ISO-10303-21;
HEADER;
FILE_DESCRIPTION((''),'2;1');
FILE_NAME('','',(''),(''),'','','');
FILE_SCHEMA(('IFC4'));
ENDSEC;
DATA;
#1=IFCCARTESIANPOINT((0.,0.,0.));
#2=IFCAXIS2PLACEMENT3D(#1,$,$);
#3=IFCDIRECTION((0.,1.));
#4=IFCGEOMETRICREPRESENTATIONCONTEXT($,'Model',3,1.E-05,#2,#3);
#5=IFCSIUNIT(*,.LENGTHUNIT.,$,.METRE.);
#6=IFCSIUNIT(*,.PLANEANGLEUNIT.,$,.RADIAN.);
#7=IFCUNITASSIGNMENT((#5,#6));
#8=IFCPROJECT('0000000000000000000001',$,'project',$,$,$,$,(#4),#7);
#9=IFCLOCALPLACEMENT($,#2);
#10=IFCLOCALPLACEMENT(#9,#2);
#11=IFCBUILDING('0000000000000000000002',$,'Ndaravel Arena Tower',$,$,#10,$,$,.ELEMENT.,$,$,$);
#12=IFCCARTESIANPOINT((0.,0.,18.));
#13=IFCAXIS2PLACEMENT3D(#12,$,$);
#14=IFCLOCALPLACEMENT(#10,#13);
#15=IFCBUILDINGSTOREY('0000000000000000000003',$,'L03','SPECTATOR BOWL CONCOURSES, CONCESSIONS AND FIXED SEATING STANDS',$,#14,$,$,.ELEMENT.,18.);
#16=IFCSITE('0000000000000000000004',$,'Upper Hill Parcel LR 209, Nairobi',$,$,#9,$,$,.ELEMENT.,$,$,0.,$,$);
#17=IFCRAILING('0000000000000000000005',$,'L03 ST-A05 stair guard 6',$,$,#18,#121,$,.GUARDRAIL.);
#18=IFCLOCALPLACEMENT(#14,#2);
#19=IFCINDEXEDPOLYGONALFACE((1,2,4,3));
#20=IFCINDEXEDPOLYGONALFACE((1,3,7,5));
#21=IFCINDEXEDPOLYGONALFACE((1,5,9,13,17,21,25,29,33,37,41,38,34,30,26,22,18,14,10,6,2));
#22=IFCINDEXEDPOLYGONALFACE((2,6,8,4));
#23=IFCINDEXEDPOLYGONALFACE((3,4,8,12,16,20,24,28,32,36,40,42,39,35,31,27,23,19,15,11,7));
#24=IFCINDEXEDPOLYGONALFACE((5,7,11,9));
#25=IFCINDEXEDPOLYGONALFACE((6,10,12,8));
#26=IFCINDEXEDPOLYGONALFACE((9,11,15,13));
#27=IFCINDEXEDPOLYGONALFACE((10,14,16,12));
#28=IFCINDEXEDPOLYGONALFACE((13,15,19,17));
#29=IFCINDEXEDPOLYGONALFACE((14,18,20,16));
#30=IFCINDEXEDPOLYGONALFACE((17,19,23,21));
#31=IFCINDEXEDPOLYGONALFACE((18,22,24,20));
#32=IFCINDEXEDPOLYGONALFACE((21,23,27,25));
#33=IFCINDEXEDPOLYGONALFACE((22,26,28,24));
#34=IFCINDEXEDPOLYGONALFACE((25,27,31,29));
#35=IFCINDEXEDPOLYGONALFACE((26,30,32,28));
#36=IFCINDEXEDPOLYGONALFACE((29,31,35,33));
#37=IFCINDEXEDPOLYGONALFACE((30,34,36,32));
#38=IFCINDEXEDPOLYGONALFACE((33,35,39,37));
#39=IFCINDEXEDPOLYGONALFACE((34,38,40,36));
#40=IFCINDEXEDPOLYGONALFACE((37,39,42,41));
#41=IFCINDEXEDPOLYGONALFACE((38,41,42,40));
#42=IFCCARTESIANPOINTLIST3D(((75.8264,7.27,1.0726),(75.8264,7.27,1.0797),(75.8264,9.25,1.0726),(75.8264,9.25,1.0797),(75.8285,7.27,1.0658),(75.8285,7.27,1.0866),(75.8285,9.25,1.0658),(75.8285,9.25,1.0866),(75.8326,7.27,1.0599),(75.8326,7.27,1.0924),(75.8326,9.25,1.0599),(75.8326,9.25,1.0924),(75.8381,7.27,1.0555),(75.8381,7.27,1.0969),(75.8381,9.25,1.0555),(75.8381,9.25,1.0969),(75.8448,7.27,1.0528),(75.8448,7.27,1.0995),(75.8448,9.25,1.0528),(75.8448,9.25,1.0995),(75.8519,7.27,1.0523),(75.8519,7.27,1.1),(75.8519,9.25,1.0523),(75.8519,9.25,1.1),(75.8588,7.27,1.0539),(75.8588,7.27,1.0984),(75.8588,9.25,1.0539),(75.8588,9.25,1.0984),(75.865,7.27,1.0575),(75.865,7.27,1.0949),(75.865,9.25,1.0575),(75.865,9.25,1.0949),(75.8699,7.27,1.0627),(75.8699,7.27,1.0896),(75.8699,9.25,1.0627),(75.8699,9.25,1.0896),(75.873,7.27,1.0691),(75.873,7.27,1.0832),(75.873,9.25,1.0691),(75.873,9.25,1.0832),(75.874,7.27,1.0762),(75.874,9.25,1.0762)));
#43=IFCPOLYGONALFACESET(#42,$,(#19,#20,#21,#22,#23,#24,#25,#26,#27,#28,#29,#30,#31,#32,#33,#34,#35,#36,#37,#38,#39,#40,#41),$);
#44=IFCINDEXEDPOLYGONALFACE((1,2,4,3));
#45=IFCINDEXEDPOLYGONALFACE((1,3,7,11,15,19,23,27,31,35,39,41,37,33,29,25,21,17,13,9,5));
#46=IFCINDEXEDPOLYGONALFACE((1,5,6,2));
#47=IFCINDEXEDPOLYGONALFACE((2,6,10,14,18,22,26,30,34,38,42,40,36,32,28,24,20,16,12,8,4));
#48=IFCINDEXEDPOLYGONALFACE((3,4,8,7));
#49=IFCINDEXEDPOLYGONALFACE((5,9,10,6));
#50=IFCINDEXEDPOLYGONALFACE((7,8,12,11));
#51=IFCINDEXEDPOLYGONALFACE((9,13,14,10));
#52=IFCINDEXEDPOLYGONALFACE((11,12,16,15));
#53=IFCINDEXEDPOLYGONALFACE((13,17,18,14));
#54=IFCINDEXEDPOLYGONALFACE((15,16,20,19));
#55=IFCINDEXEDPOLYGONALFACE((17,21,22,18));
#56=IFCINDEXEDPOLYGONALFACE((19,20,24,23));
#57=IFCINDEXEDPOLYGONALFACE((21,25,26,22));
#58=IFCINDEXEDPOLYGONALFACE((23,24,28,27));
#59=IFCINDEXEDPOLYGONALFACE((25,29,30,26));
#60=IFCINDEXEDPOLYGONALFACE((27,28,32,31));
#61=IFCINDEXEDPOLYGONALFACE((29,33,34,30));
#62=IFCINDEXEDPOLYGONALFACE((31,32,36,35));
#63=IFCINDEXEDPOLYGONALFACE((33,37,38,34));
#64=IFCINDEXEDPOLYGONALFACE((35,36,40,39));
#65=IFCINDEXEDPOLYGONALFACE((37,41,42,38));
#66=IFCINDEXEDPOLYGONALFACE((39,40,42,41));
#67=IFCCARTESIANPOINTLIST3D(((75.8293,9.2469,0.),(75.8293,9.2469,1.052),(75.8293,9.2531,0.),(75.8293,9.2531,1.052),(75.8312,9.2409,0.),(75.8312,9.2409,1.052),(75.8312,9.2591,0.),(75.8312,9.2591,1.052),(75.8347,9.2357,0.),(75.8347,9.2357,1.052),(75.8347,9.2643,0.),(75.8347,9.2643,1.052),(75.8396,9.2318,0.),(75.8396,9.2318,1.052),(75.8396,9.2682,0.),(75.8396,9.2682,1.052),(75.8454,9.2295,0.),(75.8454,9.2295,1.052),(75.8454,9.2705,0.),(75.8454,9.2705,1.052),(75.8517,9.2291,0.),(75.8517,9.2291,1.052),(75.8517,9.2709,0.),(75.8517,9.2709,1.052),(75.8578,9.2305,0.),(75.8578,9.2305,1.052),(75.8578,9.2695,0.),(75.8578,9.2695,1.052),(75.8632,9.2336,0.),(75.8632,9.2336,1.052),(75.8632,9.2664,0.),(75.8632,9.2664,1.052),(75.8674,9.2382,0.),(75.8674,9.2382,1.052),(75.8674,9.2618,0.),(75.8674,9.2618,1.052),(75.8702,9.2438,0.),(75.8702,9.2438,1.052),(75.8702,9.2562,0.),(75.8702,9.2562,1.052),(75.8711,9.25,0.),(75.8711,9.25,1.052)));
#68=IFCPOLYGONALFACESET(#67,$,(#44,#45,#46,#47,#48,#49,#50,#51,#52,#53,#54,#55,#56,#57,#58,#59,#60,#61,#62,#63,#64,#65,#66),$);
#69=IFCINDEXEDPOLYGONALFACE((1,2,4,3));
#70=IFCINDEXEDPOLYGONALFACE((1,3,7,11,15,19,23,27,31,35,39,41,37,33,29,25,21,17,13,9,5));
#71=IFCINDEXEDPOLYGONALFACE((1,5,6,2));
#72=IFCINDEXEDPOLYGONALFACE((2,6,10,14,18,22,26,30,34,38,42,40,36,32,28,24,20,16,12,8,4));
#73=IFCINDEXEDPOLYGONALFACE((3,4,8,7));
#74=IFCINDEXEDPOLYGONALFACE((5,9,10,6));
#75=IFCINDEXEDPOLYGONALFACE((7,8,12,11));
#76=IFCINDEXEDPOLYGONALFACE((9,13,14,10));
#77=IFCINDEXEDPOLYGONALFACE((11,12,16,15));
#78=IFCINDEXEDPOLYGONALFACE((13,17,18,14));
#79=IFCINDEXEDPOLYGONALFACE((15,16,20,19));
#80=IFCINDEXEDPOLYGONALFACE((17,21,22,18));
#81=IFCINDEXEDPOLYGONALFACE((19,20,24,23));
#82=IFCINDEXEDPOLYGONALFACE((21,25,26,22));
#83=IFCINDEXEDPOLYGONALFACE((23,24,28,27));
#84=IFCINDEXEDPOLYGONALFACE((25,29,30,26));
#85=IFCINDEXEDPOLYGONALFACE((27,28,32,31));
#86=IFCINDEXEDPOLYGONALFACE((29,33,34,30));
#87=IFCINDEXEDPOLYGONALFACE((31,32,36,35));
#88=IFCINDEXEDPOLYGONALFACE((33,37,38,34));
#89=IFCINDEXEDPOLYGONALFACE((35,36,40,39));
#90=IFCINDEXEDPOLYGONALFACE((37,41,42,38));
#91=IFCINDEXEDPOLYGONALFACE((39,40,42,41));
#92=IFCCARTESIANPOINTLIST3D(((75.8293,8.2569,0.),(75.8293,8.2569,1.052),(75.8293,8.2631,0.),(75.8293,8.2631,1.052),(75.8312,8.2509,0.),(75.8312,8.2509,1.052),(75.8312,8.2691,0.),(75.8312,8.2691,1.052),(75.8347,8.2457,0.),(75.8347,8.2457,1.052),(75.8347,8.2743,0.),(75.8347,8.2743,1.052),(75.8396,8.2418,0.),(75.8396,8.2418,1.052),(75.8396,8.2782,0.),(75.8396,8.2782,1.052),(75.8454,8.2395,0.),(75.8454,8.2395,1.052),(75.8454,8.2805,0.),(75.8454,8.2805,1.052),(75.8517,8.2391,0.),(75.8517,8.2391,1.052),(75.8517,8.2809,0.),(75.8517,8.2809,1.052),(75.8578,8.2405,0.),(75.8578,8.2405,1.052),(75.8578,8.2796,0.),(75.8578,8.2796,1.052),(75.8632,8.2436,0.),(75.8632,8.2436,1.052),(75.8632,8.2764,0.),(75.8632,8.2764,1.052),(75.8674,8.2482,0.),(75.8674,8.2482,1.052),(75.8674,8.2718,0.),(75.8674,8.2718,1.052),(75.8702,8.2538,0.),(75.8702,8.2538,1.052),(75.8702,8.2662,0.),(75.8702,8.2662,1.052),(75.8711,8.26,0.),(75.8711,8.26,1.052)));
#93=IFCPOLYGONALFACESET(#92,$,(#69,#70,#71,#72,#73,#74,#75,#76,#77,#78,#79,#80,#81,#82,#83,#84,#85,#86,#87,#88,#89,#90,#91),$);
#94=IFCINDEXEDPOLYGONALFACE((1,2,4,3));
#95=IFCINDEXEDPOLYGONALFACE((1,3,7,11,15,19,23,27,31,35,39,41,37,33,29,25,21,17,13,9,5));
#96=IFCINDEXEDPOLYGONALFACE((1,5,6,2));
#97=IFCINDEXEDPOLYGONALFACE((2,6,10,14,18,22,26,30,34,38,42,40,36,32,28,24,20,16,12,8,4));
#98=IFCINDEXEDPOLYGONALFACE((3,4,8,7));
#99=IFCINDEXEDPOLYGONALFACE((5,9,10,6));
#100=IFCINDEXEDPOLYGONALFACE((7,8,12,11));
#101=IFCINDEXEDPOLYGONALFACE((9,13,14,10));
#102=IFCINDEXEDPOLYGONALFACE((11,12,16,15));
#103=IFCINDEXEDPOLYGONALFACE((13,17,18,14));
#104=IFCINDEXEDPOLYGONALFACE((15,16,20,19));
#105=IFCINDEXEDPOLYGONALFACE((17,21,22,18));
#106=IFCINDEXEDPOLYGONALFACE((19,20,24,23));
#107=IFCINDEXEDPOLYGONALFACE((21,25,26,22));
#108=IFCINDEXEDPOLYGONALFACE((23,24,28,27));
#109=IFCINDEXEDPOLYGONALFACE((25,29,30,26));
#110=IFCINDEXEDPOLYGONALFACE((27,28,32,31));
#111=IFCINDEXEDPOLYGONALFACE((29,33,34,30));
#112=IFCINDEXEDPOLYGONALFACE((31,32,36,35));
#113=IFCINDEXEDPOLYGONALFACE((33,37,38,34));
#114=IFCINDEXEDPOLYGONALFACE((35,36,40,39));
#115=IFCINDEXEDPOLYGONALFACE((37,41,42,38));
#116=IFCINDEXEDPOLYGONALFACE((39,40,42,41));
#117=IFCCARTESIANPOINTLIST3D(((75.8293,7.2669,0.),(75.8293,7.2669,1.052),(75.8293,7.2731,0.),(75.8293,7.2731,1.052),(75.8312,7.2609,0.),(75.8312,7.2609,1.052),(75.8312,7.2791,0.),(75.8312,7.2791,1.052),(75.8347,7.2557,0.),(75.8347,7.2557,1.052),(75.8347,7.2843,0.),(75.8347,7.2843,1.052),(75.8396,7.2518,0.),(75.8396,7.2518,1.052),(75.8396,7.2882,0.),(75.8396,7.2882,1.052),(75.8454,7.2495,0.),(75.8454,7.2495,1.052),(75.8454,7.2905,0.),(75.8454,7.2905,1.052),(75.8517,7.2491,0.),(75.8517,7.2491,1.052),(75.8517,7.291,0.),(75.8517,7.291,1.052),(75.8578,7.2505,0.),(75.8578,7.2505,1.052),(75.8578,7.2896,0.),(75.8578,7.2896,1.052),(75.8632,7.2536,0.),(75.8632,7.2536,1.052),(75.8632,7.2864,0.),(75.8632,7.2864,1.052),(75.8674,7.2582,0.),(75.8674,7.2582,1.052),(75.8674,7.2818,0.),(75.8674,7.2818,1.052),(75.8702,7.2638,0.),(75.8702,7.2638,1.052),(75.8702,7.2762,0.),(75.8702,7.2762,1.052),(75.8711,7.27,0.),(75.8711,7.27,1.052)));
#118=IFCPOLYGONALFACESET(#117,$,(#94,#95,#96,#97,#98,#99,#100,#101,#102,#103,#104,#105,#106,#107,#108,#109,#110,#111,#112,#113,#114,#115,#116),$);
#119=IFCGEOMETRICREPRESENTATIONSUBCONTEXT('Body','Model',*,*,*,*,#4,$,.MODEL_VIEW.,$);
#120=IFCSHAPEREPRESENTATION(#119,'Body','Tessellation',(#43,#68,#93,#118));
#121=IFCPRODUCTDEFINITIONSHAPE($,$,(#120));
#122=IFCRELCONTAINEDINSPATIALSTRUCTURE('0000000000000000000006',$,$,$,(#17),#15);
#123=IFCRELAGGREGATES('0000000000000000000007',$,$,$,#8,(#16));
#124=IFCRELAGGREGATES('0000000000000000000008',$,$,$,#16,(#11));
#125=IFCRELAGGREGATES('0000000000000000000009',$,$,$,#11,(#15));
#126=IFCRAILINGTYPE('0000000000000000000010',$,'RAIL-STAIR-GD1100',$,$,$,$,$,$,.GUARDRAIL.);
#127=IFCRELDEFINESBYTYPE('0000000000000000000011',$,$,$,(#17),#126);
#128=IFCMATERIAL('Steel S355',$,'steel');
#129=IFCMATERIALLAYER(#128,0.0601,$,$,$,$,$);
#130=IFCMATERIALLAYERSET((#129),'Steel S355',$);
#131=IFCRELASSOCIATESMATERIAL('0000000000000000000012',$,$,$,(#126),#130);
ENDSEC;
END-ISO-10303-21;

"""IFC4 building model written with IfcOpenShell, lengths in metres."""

from ifc_helpers import new_model, si_unit, direction, frame, origin, origin_2d, place, context, subcontext, project, spatial, circle, extrude, material, layer, layer_set, type_object, element, save


model = new_model("IFC4")

# Units and contexts
model_context = context("Model", 3, precision=1e-05, world=origin(), true_north=direction((0.0, 1.0)))
body_context = subcontext(model_context, "Body", "Model", "MODEL_VIEW")
ifc_project = project(units=[si_unit("LENGTHUNIT", "METRE"), si_unit("PLANEANGLEUNIT", "RADIAN")], contexts=[model_context])

# Site, building, storey
site_placement = place(None, origin())
site = spatial("IfcSite", under=ifc_project, at=site_placement, Name="Upper Hill Parcel LR 209, Nairobi", CompositionType="ELEMENT", RefElevation=0.0)
building_placement = place(site_placement, origin())
building = spatial("IfcBuilding", under=site, at=building_placement, Name="Ndaravel Arena Tower", CompositionType="ELEMENT")
storey_placement = place(building_placement, frame((0.0, 0.0, 18.0)))
storey = spatial("IfcBuildingStorey", under=building, at=storey_placement, Name="L03", Description="SPECTATOR BOWL CONCOURSES, CONCESSIONS AND FIXED SEATING STANDS", CompositionType="ELEMENT", Elevation=18.0)

# Railing
ifc_material_1 = material(Name="Steel S355", Category="steel")
ifc_layer_1 = layer(ifc_material_1, 0.0601)
ifc_layer_set_1 = layer_set([ifc_layer_1], Name="Steel S355")
railing_type_1 = type_object("IfcRailingType", Name="RAIL-STAIR-GD1100", PredefinedType="GUARDRAIL", material=ifc_layer_set_1)
for number, where, name in (
    (1, (75.8501, 9.25, 0.0), "L03 ST-A05 stair guard 6"),
):
    element("IfcRailing", number, at=place(storey_placement, frame(where)), inside=storey, type_object=railing_type_1, Name=name, PredefinedType="GUARDRAIL", context=body_context, shape_type="SweptSolid", body=[
        extrude(circle(Radius=0.0239, at=origin_2d()), frame((0.0, 0.0, 1.0762), z_axis=(0.0, -1.0, 0.0), x_axis=(1.0, 0.0, 0.0)), (0.0, 0.0, 1.0), 1.98),
        extrude(circle(Radius=0.021, at=origin_2d()), origin(), (0.0, 0.0, 1.0), 1.052),
        extrude(circle(Radius=0.021, at=origin_2d()), frame((0.0, -0.99, 0.0)), (0.0, 0.0, 1.0), 1.052),
        extrude(circle(Radius=0.021, at=origin_2d()), frame((0.0, -1.98, 0.0)), (0.0, 0.0, 1.0), 1.052),
    ])

save(model, "model.ifc")
